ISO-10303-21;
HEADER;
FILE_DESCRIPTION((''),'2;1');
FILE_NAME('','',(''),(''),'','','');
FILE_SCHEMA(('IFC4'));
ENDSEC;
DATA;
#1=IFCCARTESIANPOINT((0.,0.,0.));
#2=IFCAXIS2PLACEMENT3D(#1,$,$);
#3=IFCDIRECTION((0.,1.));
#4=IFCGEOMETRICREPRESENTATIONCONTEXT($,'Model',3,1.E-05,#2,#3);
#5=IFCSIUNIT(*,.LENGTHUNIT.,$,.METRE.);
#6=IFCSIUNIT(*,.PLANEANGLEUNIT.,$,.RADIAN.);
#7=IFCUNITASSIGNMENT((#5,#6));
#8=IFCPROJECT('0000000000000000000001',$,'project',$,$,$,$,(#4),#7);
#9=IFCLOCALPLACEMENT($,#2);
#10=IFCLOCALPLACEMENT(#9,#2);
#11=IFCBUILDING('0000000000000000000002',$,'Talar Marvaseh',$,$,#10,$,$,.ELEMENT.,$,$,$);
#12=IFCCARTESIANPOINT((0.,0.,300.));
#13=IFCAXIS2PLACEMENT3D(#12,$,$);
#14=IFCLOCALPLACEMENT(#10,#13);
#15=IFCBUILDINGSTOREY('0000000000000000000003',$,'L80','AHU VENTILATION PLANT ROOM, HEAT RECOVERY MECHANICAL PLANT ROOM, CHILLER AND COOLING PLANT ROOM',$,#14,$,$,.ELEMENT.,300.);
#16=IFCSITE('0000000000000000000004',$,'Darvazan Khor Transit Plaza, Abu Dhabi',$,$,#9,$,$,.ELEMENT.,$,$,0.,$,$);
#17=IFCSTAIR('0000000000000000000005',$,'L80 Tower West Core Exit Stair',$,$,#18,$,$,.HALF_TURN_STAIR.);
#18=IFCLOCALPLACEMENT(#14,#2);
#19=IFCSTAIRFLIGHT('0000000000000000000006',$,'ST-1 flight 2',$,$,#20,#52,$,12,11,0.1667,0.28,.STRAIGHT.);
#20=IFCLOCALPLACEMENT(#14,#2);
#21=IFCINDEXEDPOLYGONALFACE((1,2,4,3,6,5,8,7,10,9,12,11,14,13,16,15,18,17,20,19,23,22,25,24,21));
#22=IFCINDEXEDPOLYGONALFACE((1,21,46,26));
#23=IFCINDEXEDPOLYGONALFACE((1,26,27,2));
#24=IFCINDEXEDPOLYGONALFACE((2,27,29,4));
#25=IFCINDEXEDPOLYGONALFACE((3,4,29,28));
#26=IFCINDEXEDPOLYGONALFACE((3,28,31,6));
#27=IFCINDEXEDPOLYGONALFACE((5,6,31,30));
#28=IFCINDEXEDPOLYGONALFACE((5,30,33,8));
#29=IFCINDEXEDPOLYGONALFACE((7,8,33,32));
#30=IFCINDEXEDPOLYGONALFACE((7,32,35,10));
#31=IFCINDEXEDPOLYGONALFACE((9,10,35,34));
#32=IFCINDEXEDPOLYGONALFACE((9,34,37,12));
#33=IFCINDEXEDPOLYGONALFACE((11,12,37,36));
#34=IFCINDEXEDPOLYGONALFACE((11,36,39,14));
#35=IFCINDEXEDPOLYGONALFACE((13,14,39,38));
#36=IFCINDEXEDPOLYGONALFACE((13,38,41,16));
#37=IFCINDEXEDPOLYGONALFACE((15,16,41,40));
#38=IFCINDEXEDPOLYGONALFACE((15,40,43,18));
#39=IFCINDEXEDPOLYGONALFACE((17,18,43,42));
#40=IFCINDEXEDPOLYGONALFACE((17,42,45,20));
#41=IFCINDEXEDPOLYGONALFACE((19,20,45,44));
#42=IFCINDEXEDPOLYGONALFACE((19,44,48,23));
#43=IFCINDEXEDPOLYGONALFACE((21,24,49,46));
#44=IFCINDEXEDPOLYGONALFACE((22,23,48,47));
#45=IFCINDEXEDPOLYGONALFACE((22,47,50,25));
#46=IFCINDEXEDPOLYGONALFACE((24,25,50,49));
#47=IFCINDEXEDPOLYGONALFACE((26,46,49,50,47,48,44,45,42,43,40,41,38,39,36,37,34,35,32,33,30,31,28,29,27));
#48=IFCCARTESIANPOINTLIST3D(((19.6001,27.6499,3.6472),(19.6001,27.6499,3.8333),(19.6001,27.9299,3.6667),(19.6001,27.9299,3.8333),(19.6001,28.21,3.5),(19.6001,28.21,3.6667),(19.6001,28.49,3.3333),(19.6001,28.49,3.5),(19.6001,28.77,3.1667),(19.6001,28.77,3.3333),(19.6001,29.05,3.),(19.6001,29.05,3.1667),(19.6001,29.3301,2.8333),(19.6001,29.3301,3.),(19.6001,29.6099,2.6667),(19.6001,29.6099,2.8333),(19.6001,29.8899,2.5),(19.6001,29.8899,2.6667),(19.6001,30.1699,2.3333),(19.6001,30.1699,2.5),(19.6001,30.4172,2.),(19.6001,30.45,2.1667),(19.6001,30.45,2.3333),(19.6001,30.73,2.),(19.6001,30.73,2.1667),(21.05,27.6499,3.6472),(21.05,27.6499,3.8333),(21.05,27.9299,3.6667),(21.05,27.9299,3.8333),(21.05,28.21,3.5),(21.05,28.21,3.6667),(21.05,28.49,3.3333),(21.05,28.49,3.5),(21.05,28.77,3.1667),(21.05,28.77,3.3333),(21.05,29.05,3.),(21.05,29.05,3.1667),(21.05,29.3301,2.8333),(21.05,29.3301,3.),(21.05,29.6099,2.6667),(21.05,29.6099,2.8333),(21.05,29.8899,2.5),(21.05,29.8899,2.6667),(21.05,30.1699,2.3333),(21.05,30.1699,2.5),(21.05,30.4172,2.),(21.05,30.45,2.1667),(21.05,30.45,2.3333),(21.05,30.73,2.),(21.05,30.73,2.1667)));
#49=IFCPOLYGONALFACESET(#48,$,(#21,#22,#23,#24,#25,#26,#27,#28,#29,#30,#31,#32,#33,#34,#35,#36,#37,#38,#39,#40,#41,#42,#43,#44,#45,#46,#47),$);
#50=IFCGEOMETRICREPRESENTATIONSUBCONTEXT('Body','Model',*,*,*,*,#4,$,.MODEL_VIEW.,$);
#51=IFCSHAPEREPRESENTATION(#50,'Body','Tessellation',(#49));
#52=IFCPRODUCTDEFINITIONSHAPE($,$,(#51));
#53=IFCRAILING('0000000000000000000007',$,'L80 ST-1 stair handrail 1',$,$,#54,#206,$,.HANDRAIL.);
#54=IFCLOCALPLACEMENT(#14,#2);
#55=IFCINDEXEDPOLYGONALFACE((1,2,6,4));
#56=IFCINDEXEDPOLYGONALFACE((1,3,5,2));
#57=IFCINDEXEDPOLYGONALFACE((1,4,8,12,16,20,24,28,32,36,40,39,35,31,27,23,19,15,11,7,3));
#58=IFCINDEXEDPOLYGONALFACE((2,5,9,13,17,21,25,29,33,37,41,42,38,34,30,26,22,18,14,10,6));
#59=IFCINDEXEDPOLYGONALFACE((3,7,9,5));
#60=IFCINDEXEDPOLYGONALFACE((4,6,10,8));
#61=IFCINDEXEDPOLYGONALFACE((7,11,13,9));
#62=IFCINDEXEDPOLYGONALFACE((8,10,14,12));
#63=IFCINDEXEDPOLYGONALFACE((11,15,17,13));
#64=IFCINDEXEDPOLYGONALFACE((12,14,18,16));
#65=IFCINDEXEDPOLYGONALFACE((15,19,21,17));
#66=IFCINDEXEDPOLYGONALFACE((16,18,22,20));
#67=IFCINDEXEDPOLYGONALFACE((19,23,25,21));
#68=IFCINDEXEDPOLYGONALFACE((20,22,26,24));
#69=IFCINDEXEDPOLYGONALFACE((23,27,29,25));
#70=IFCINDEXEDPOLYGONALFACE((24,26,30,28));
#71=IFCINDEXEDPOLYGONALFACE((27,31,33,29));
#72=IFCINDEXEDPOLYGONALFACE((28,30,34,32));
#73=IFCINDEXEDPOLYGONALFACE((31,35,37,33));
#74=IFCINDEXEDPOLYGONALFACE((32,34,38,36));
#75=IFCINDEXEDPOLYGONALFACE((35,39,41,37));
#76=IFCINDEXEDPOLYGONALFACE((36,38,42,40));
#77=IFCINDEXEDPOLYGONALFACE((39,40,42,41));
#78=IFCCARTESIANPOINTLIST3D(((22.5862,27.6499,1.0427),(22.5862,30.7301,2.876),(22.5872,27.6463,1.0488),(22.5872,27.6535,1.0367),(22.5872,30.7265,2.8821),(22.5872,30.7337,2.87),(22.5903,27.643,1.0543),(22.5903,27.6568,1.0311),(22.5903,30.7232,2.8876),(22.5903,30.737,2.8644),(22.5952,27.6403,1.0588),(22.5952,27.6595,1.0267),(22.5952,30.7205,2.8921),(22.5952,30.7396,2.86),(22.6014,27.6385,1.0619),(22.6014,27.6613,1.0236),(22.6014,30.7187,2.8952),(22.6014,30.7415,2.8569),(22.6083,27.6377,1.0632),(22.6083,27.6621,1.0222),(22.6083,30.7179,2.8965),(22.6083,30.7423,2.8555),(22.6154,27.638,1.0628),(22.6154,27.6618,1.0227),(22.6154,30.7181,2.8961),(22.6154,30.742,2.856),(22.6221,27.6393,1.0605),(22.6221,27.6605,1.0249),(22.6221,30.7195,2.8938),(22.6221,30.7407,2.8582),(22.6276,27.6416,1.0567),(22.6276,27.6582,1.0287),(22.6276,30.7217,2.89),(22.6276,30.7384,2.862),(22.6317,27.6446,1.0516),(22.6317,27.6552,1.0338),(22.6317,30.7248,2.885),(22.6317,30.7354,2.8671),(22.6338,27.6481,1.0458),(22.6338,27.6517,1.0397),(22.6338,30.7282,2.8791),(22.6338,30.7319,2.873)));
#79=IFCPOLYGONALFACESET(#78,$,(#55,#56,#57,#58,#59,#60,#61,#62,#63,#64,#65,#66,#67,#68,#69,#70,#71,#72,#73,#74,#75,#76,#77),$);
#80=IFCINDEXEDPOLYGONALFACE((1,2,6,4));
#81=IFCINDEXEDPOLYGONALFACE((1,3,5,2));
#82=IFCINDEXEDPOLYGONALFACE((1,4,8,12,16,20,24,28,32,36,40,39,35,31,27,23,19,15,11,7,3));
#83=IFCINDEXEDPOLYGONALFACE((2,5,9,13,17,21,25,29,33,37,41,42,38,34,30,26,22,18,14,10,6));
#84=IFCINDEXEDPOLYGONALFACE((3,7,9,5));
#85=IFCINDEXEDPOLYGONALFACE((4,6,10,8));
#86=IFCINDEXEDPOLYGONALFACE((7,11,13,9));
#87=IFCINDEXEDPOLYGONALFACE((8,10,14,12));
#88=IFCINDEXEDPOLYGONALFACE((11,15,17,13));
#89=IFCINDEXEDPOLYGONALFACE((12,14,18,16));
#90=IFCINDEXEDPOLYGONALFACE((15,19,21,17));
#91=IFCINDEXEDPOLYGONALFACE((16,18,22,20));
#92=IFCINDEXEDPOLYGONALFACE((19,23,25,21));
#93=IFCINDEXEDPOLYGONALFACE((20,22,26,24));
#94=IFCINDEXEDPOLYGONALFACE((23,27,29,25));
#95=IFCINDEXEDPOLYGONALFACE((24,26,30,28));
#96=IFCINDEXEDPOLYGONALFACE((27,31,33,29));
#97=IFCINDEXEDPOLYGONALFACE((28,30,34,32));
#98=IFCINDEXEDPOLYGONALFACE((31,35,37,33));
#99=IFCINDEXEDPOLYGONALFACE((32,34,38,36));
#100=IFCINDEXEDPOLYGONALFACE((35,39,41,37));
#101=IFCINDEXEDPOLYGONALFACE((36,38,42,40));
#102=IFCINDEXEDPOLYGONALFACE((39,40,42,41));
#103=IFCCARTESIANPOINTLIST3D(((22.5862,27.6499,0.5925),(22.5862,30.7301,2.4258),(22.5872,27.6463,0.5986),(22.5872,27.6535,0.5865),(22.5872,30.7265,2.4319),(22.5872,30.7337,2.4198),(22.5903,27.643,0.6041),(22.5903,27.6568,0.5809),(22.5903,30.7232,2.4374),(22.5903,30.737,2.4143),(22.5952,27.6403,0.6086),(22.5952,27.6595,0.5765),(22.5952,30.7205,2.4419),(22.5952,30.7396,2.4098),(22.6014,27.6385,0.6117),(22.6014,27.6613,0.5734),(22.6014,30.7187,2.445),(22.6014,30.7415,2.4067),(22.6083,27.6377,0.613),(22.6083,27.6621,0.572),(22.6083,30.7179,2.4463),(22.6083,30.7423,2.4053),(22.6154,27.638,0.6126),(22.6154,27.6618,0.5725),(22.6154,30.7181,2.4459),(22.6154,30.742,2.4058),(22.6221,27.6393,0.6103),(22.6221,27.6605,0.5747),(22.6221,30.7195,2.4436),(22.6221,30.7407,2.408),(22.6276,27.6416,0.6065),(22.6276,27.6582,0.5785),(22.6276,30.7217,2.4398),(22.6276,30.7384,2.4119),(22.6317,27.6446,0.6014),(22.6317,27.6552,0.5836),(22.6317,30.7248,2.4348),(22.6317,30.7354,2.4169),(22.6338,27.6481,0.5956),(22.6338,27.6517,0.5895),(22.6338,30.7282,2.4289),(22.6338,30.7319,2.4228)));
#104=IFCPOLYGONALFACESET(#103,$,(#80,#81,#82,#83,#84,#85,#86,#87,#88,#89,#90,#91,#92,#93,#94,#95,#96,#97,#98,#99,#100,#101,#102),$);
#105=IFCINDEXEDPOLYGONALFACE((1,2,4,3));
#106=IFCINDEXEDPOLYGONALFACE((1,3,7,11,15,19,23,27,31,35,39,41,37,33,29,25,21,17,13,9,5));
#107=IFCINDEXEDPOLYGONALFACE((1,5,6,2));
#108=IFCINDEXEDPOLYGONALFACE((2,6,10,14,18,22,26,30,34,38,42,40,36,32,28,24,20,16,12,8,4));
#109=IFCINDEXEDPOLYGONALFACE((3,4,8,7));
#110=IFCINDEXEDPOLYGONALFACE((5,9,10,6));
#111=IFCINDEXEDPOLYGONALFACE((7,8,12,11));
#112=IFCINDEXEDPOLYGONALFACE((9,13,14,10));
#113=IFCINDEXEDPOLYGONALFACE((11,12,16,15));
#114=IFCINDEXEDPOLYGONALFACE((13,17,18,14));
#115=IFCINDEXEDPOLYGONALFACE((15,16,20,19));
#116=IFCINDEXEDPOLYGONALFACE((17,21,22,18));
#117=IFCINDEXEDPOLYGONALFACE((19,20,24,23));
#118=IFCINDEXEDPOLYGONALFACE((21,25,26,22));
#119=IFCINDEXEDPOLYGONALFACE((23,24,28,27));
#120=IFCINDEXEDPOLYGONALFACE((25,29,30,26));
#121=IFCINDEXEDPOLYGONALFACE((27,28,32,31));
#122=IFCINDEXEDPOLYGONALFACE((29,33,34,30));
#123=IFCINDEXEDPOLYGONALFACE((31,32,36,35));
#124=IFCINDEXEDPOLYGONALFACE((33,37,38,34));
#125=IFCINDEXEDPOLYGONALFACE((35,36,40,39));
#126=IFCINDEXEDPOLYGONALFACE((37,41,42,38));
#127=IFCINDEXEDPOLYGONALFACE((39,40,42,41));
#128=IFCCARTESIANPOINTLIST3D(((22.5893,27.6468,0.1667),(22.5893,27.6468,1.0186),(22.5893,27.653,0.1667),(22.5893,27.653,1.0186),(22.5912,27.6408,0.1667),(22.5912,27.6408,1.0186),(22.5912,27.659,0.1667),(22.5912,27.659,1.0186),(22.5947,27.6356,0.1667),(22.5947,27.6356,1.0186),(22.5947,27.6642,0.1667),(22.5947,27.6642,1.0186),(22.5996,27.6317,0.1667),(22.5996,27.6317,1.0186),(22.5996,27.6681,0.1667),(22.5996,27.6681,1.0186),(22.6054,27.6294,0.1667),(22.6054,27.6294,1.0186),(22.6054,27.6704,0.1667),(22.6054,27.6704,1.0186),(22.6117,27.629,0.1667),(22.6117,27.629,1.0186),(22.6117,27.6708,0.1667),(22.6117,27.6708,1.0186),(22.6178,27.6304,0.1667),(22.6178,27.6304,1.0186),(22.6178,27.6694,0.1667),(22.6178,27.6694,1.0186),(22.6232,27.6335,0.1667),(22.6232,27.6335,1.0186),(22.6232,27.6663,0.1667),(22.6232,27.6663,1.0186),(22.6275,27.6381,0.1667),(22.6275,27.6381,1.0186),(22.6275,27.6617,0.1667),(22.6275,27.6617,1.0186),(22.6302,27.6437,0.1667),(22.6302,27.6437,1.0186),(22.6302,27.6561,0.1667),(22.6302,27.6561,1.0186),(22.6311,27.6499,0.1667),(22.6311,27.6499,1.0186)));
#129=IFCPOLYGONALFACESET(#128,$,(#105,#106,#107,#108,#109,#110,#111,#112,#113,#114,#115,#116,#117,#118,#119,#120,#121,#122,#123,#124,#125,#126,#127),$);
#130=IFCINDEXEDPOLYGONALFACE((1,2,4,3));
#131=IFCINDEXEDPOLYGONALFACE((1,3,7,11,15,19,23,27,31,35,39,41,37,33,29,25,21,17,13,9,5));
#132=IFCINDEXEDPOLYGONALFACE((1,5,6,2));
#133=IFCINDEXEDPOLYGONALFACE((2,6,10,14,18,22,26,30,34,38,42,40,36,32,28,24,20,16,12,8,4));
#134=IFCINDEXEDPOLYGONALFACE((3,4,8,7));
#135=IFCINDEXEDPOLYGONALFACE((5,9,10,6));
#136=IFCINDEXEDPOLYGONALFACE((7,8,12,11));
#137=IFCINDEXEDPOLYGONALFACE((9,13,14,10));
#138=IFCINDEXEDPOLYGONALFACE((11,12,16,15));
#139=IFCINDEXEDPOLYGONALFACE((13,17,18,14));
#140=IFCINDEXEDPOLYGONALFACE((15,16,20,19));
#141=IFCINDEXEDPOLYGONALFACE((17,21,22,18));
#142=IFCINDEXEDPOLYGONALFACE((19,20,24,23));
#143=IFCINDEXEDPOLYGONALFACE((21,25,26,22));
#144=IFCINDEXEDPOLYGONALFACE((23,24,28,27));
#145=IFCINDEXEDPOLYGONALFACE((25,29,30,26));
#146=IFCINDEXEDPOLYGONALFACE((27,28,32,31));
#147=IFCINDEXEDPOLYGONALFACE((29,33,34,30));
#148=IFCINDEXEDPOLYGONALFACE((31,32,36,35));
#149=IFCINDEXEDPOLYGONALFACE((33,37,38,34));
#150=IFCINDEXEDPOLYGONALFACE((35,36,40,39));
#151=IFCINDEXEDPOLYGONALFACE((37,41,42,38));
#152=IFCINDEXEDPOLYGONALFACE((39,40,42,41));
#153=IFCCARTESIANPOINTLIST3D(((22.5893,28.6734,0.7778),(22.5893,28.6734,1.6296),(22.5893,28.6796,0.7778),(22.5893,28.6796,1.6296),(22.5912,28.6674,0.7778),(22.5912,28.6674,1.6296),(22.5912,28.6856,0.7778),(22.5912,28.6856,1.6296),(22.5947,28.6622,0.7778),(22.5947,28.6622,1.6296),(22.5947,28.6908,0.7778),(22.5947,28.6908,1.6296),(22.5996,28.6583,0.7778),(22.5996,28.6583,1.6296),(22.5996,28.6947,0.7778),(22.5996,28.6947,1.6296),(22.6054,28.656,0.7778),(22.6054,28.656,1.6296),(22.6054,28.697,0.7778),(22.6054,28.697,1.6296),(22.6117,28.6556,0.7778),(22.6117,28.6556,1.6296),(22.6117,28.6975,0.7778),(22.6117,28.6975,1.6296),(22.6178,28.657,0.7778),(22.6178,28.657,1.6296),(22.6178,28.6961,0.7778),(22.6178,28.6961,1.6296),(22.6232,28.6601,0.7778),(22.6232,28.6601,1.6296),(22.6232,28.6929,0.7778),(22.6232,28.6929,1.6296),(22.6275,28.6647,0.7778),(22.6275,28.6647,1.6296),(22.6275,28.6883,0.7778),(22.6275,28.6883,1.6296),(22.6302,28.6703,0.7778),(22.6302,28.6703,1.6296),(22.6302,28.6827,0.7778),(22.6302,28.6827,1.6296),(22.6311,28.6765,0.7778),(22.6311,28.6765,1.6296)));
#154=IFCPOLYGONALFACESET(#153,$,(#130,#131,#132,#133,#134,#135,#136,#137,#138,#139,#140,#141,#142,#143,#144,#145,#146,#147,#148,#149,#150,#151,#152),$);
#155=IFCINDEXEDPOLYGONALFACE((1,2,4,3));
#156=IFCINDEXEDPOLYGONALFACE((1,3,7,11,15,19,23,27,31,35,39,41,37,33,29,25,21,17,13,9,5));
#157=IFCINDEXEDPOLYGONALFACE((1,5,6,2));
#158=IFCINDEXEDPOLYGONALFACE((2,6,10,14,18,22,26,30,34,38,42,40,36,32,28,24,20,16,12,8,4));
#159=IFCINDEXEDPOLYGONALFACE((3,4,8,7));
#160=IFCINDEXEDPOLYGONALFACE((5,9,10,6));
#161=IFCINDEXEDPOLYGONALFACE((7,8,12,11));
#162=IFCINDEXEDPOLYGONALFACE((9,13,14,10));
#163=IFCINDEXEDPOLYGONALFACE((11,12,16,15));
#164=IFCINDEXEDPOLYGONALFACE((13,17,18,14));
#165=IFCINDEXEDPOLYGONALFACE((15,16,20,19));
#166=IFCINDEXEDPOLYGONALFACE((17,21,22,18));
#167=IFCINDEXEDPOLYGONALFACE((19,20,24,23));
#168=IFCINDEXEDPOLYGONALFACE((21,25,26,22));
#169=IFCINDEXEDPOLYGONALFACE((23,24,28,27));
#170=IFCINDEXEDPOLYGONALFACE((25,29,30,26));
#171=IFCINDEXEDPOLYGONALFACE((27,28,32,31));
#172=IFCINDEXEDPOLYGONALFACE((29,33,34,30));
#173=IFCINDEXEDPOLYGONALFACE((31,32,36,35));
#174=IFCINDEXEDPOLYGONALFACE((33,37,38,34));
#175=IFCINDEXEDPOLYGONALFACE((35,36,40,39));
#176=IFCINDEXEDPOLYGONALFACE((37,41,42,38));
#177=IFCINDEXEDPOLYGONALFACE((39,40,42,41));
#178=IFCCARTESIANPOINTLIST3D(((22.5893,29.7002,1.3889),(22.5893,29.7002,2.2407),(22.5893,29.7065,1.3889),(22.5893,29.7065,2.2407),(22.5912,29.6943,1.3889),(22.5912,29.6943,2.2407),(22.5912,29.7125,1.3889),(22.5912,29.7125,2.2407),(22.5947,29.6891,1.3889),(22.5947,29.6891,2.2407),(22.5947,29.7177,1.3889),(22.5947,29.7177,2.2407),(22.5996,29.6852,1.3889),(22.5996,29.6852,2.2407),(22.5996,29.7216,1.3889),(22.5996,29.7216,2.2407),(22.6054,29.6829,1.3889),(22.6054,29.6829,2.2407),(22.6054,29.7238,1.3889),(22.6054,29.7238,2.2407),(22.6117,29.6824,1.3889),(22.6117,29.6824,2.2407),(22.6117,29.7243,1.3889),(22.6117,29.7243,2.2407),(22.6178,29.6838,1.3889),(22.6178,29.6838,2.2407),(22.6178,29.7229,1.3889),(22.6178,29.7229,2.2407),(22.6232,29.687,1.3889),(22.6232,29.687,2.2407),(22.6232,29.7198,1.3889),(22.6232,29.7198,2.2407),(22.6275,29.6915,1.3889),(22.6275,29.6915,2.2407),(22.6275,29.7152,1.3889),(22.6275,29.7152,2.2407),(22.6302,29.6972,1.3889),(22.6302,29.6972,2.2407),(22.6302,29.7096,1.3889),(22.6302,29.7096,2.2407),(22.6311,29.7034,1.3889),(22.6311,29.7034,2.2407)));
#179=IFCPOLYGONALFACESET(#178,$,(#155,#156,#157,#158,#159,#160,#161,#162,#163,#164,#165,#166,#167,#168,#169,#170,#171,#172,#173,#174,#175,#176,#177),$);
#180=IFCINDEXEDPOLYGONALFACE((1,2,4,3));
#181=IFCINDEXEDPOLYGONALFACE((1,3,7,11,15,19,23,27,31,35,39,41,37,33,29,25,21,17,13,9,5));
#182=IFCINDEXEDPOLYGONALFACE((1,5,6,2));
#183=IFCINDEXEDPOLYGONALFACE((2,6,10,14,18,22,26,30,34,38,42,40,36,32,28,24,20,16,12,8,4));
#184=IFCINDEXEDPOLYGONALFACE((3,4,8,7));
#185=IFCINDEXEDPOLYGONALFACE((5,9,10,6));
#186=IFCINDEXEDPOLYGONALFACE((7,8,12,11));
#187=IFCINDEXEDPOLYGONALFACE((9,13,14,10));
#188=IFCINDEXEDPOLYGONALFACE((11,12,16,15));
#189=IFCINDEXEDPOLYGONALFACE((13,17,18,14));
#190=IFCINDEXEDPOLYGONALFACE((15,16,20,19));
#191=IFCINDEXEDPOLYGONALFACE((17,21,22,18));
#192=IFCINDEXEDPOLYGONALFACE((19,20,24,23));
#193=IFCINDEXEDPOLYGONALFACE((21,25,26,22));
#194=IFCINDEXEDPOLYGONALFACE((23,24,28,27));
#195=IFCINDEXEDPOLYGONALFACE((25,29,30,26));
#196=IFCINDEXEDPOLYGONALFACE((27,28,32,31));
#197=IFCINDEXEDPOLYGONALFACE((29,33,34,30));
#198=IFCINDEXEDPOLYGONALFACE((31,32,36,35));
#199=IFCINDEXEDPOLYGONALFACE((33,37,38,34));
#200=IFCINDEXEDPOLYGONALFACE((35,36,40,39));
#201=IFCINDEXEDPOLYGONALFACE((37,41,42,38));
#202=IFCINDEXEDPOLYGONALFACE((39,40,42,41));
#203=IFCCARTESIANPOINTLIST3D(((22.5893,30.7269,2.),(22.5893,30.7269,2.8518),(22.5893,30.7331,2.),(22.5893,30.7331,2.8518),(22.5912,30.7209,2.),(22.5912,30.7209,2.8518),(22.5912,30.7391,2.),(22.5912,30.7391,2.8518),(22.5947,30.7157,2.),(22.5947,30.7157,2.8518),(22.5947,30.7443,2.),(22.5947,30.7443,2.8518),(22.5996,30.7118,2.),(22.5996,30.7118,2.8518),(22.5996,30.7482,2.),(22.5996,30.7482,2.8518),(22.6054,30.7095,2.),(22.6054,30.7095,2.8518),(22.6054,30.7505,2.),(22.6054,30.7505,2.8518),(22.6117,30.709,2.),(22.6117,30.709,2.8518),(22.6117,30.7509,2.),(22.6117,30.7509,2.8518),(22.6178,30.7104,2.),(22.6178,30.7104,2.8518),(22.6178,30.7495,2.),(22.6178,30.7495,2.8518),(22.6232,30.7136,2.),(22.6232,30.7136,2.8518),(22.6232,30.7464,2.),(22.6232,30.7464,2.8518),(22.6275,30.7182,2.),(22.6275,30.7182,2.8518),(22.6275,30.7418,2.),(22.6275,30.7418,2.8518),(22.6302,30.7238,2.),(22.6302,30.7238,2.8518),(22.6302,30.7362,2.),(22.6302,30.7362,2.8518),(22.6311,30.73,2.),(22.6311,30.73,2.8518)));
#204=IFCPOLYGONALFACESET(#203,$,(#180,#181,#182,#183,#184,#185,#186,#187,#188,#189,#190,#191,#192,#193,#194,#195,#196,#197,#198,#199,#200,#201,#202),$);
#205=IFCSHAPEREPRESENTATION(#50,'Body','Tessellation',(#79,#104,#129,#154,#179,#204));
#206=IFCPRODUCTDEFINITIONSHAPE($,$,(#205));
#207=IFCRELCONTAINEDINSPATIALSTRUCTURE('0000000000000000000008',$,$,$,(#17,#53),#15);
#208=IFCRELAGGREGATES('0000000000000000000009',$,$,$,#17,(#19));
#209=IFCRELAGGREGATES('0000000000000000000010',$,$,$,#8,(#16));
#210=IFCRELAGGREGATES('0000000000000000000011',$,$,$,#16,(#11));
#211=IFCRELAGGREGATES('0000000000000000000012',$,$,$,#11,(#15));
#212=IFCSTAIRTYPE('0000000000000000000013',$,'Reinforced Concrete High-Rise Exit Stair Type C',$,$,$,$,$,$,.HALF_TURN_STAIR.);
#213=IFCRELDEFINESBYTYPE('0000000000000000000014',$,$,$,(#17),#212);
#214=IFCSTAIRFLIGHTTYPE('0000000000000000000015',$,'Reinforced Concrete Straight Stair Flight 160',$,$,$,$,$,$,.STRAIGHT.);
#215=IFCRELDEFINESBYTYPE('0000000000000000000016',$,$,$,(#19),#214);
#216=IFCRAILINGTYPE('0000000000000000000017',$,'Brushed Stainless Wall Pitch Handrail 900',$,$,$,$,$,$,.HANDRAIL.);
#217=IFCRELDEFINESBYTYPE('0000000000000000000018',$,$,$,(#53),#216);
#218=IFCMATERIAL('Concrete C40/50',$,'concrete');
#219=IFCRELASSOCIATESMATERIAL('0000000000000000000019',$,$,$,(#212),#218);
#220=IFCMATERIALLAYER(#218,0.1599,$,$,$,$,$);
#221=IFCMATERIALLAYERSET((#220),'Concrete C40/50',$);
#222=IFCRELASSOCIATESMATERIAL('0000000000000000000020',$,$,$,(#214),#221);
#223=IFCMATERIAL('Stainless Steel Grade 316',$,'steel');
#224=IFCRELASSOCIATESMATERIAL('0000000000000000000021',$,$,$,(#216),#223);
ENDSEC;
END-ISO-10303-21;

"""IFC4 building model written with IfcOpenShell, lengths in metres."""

from ifc_helpers import new_model, si_unit, direction, frame, origin, origin_2d, place, context, subcontext, project, spatial, polyline, circle, outline, extrude, material, layer, layer_set, type_object, element, aggregate, save


model = new_model("IFC4")

# Units and contexts
model_context = context("Model", 3, precision=1e-05, world=origin(), true_north=direction((0.0, 1.0)))
body_context = subcontext(model_context, "Body", "Model", "MODEL_VIEW")
ifc_project = project(units=[si_unit("LENGTHUNIT", "METRE"), si_unit("PLANEANGLEUNIT", "RADIAN")], contexts=[model_context])

# Site, building, storey
site_placement = place(None, origin())
site = spatial("IfcSite", under=ifc_project, at=site_placement, Name="Darvazan Khor Transit Plaza, Abu Dhabi", CompositionType="ELEMENT", RefElevation=0.0)
building_placement = place(site_placement, origin())
building = spatial("IfcBuilding", under=site, at=building_placement, Name="Talar Marvaseh", CompositionType="ELEMENT")
storey_placement = place(building_placement, frame((0.0, 0.0, 300.0)))
storey = spatial("IfcBuildingStorey", under=building, at=storey_placement, Name="L80", Description="AHU VENTILATION PLANT ROOM, HEAT RECOVERY MECHANICAL PLANT ROOM, CHILLER AND COOLING PLANT ROOM", CompositionType="ELEMENT", Elevation=300.0)

# Shared definitions
ifc_material_1 = material(Name="Concrete C40/50", Category="concrete")

# Shared definitions
ifc_material_2 = material(Name="Stainless Steel Grade 316", Category="steel")

# Stair, stair flight
stair_type = type_object("IfcStairType", Name="Reinforced Concrete High-Rise Exit Stair Type C", PredefinedType="HALF_TURN_STAIR", material=ifc_material_1)
stair_placement = place(storey_placement, origin())
stair = element("IfcStair", 1, at=stair_placement, inside=storey, type_object=stair_type, Name="L80 Tower West Core Exit Stair", PredefinedType="HALF_TURN_STAIR")
ifc_layer_1 = layer(ifc_material_1, 0.1599)
ifc_layer_set_1 = layer_set([ifc_layer_1], Name="Concrete C40/50")
stair_flight_type = type_object("IfcStairFlightType", Name="Reinforced Concrete Straight Stair Flight 160", PredefinedType="STRAIGHT", material=ifc_layer_set_1)
stair_flight_1_placement = place(storey_placement, frame((20.325, 30.73, 2.0), z_axis=(0.0, 0.0, 1.0), x_axis=(0.0, -1.0, 0.0)))
stair_flight_1 = element("IfcStairFlight", 2, at=stair_flight_1_placement, type_object=stair_flight_type, Name="ST-1 flight 2", NumberOfRisers=12, NumberOfTreads=11, PredefinedType="STRAIGHT", RiserHeight=0.1667, TreadLength=0.28, context=body_context, shape_type="SweptSolid", body=[
    extrude(outline(polyline([(0.0, 0.0), (0.0, 0.1667), (0.28, 0.1667), (0.28, 0.3333), (0.5601, 0.3333), (0.5601, 0.5), (0.8401, 0.5), (0.8401, 0.6667), (1.1201, 0.6667), (1.1201, 0.8333), (1.3999, 0.8333), (1.3999, 1.0), (1.6799, 1.0), (1.6799, 1.1667), (1.96, 1.1667), (1.96, 1.3333), (2.24, 1.3333), (2.24, 1.5), (2.52, 1.5), (2.52, 1.6667), (2.8, 1.6667), (2.8, 1.8333), (3.0801, 1.8333), (3.0801, 2.0), (3.0801, 1.6472), (0.3127, 0.0), (0.0, 0.0)])), frame((0.0, 0.7251, 0.0), z_axis=(0.0, -1.0, 0.0), x_axis=(1.0, 0.0, 0.0)), (0.0, 0.0, 1.0), 1.45),
])
aggregate(stair, [stair_flight_1])

# Railing
railing_type_1 = type_object("IfcRailingType", Name="Brushed Stainless Wall Pitch Handrail 900", PredefinedType="HANDRAIL", material=ifc_material_2)
railing_1_placement = place(storey_placement, frame((22.6101, 27.6499, 0.1667)))
element("IfcRailing", 3, at=railing_1_placement, inside=storey, type_object=railing_type_1, Name="L80 ST-1 stair handrail 1", PredefinedType="HANDRAIL", context=body_context, shape_type="SweptSolid", body=[
    extrude(circle(Radius=0.0239, at=origin_2d()), frame((0.0, 0.0, 0.876), z_axis=(0.0, 0.859309, 0.511458), x_axis=(-1.0, 0.0, 0.0)), (0.0, 0.0, 1.0), 3.5845),
    extrude(circle(Radius=0.0239, at=origin_2d()), frame((0.0, 0.0, 0.4258), z_axis=(0.0, 0.859309, 0.511458), x_axis=(-1.0, 0.0, 0.0)), (0.0, 0.0, 1.0), 3.5845),
    extrude(circle(Radius=0.021, at=origin_2d()), origin(), (0.0, 0.0, 1.0), 0.8518),
    extrude(circle(Radius=0.021, at=origin_2d()), frame((0.0, 1.0266, 0.6111)), (0.0, 0.0, 1.0), 0.8518),
    extrude(circle(Radius=0.021, at=origin_2d()), frame((0.0, 2.0535, 1.2222)), (0.0, 0.0, 1.0), 0.8518),
    extrude(circle(Radius=0.021, at=origin_2d()), frame((0.0, 3.0801, 1.8333)), (0.0, 0.0, 1.0), 0.8518),
])

save(model, "model.ifc")
